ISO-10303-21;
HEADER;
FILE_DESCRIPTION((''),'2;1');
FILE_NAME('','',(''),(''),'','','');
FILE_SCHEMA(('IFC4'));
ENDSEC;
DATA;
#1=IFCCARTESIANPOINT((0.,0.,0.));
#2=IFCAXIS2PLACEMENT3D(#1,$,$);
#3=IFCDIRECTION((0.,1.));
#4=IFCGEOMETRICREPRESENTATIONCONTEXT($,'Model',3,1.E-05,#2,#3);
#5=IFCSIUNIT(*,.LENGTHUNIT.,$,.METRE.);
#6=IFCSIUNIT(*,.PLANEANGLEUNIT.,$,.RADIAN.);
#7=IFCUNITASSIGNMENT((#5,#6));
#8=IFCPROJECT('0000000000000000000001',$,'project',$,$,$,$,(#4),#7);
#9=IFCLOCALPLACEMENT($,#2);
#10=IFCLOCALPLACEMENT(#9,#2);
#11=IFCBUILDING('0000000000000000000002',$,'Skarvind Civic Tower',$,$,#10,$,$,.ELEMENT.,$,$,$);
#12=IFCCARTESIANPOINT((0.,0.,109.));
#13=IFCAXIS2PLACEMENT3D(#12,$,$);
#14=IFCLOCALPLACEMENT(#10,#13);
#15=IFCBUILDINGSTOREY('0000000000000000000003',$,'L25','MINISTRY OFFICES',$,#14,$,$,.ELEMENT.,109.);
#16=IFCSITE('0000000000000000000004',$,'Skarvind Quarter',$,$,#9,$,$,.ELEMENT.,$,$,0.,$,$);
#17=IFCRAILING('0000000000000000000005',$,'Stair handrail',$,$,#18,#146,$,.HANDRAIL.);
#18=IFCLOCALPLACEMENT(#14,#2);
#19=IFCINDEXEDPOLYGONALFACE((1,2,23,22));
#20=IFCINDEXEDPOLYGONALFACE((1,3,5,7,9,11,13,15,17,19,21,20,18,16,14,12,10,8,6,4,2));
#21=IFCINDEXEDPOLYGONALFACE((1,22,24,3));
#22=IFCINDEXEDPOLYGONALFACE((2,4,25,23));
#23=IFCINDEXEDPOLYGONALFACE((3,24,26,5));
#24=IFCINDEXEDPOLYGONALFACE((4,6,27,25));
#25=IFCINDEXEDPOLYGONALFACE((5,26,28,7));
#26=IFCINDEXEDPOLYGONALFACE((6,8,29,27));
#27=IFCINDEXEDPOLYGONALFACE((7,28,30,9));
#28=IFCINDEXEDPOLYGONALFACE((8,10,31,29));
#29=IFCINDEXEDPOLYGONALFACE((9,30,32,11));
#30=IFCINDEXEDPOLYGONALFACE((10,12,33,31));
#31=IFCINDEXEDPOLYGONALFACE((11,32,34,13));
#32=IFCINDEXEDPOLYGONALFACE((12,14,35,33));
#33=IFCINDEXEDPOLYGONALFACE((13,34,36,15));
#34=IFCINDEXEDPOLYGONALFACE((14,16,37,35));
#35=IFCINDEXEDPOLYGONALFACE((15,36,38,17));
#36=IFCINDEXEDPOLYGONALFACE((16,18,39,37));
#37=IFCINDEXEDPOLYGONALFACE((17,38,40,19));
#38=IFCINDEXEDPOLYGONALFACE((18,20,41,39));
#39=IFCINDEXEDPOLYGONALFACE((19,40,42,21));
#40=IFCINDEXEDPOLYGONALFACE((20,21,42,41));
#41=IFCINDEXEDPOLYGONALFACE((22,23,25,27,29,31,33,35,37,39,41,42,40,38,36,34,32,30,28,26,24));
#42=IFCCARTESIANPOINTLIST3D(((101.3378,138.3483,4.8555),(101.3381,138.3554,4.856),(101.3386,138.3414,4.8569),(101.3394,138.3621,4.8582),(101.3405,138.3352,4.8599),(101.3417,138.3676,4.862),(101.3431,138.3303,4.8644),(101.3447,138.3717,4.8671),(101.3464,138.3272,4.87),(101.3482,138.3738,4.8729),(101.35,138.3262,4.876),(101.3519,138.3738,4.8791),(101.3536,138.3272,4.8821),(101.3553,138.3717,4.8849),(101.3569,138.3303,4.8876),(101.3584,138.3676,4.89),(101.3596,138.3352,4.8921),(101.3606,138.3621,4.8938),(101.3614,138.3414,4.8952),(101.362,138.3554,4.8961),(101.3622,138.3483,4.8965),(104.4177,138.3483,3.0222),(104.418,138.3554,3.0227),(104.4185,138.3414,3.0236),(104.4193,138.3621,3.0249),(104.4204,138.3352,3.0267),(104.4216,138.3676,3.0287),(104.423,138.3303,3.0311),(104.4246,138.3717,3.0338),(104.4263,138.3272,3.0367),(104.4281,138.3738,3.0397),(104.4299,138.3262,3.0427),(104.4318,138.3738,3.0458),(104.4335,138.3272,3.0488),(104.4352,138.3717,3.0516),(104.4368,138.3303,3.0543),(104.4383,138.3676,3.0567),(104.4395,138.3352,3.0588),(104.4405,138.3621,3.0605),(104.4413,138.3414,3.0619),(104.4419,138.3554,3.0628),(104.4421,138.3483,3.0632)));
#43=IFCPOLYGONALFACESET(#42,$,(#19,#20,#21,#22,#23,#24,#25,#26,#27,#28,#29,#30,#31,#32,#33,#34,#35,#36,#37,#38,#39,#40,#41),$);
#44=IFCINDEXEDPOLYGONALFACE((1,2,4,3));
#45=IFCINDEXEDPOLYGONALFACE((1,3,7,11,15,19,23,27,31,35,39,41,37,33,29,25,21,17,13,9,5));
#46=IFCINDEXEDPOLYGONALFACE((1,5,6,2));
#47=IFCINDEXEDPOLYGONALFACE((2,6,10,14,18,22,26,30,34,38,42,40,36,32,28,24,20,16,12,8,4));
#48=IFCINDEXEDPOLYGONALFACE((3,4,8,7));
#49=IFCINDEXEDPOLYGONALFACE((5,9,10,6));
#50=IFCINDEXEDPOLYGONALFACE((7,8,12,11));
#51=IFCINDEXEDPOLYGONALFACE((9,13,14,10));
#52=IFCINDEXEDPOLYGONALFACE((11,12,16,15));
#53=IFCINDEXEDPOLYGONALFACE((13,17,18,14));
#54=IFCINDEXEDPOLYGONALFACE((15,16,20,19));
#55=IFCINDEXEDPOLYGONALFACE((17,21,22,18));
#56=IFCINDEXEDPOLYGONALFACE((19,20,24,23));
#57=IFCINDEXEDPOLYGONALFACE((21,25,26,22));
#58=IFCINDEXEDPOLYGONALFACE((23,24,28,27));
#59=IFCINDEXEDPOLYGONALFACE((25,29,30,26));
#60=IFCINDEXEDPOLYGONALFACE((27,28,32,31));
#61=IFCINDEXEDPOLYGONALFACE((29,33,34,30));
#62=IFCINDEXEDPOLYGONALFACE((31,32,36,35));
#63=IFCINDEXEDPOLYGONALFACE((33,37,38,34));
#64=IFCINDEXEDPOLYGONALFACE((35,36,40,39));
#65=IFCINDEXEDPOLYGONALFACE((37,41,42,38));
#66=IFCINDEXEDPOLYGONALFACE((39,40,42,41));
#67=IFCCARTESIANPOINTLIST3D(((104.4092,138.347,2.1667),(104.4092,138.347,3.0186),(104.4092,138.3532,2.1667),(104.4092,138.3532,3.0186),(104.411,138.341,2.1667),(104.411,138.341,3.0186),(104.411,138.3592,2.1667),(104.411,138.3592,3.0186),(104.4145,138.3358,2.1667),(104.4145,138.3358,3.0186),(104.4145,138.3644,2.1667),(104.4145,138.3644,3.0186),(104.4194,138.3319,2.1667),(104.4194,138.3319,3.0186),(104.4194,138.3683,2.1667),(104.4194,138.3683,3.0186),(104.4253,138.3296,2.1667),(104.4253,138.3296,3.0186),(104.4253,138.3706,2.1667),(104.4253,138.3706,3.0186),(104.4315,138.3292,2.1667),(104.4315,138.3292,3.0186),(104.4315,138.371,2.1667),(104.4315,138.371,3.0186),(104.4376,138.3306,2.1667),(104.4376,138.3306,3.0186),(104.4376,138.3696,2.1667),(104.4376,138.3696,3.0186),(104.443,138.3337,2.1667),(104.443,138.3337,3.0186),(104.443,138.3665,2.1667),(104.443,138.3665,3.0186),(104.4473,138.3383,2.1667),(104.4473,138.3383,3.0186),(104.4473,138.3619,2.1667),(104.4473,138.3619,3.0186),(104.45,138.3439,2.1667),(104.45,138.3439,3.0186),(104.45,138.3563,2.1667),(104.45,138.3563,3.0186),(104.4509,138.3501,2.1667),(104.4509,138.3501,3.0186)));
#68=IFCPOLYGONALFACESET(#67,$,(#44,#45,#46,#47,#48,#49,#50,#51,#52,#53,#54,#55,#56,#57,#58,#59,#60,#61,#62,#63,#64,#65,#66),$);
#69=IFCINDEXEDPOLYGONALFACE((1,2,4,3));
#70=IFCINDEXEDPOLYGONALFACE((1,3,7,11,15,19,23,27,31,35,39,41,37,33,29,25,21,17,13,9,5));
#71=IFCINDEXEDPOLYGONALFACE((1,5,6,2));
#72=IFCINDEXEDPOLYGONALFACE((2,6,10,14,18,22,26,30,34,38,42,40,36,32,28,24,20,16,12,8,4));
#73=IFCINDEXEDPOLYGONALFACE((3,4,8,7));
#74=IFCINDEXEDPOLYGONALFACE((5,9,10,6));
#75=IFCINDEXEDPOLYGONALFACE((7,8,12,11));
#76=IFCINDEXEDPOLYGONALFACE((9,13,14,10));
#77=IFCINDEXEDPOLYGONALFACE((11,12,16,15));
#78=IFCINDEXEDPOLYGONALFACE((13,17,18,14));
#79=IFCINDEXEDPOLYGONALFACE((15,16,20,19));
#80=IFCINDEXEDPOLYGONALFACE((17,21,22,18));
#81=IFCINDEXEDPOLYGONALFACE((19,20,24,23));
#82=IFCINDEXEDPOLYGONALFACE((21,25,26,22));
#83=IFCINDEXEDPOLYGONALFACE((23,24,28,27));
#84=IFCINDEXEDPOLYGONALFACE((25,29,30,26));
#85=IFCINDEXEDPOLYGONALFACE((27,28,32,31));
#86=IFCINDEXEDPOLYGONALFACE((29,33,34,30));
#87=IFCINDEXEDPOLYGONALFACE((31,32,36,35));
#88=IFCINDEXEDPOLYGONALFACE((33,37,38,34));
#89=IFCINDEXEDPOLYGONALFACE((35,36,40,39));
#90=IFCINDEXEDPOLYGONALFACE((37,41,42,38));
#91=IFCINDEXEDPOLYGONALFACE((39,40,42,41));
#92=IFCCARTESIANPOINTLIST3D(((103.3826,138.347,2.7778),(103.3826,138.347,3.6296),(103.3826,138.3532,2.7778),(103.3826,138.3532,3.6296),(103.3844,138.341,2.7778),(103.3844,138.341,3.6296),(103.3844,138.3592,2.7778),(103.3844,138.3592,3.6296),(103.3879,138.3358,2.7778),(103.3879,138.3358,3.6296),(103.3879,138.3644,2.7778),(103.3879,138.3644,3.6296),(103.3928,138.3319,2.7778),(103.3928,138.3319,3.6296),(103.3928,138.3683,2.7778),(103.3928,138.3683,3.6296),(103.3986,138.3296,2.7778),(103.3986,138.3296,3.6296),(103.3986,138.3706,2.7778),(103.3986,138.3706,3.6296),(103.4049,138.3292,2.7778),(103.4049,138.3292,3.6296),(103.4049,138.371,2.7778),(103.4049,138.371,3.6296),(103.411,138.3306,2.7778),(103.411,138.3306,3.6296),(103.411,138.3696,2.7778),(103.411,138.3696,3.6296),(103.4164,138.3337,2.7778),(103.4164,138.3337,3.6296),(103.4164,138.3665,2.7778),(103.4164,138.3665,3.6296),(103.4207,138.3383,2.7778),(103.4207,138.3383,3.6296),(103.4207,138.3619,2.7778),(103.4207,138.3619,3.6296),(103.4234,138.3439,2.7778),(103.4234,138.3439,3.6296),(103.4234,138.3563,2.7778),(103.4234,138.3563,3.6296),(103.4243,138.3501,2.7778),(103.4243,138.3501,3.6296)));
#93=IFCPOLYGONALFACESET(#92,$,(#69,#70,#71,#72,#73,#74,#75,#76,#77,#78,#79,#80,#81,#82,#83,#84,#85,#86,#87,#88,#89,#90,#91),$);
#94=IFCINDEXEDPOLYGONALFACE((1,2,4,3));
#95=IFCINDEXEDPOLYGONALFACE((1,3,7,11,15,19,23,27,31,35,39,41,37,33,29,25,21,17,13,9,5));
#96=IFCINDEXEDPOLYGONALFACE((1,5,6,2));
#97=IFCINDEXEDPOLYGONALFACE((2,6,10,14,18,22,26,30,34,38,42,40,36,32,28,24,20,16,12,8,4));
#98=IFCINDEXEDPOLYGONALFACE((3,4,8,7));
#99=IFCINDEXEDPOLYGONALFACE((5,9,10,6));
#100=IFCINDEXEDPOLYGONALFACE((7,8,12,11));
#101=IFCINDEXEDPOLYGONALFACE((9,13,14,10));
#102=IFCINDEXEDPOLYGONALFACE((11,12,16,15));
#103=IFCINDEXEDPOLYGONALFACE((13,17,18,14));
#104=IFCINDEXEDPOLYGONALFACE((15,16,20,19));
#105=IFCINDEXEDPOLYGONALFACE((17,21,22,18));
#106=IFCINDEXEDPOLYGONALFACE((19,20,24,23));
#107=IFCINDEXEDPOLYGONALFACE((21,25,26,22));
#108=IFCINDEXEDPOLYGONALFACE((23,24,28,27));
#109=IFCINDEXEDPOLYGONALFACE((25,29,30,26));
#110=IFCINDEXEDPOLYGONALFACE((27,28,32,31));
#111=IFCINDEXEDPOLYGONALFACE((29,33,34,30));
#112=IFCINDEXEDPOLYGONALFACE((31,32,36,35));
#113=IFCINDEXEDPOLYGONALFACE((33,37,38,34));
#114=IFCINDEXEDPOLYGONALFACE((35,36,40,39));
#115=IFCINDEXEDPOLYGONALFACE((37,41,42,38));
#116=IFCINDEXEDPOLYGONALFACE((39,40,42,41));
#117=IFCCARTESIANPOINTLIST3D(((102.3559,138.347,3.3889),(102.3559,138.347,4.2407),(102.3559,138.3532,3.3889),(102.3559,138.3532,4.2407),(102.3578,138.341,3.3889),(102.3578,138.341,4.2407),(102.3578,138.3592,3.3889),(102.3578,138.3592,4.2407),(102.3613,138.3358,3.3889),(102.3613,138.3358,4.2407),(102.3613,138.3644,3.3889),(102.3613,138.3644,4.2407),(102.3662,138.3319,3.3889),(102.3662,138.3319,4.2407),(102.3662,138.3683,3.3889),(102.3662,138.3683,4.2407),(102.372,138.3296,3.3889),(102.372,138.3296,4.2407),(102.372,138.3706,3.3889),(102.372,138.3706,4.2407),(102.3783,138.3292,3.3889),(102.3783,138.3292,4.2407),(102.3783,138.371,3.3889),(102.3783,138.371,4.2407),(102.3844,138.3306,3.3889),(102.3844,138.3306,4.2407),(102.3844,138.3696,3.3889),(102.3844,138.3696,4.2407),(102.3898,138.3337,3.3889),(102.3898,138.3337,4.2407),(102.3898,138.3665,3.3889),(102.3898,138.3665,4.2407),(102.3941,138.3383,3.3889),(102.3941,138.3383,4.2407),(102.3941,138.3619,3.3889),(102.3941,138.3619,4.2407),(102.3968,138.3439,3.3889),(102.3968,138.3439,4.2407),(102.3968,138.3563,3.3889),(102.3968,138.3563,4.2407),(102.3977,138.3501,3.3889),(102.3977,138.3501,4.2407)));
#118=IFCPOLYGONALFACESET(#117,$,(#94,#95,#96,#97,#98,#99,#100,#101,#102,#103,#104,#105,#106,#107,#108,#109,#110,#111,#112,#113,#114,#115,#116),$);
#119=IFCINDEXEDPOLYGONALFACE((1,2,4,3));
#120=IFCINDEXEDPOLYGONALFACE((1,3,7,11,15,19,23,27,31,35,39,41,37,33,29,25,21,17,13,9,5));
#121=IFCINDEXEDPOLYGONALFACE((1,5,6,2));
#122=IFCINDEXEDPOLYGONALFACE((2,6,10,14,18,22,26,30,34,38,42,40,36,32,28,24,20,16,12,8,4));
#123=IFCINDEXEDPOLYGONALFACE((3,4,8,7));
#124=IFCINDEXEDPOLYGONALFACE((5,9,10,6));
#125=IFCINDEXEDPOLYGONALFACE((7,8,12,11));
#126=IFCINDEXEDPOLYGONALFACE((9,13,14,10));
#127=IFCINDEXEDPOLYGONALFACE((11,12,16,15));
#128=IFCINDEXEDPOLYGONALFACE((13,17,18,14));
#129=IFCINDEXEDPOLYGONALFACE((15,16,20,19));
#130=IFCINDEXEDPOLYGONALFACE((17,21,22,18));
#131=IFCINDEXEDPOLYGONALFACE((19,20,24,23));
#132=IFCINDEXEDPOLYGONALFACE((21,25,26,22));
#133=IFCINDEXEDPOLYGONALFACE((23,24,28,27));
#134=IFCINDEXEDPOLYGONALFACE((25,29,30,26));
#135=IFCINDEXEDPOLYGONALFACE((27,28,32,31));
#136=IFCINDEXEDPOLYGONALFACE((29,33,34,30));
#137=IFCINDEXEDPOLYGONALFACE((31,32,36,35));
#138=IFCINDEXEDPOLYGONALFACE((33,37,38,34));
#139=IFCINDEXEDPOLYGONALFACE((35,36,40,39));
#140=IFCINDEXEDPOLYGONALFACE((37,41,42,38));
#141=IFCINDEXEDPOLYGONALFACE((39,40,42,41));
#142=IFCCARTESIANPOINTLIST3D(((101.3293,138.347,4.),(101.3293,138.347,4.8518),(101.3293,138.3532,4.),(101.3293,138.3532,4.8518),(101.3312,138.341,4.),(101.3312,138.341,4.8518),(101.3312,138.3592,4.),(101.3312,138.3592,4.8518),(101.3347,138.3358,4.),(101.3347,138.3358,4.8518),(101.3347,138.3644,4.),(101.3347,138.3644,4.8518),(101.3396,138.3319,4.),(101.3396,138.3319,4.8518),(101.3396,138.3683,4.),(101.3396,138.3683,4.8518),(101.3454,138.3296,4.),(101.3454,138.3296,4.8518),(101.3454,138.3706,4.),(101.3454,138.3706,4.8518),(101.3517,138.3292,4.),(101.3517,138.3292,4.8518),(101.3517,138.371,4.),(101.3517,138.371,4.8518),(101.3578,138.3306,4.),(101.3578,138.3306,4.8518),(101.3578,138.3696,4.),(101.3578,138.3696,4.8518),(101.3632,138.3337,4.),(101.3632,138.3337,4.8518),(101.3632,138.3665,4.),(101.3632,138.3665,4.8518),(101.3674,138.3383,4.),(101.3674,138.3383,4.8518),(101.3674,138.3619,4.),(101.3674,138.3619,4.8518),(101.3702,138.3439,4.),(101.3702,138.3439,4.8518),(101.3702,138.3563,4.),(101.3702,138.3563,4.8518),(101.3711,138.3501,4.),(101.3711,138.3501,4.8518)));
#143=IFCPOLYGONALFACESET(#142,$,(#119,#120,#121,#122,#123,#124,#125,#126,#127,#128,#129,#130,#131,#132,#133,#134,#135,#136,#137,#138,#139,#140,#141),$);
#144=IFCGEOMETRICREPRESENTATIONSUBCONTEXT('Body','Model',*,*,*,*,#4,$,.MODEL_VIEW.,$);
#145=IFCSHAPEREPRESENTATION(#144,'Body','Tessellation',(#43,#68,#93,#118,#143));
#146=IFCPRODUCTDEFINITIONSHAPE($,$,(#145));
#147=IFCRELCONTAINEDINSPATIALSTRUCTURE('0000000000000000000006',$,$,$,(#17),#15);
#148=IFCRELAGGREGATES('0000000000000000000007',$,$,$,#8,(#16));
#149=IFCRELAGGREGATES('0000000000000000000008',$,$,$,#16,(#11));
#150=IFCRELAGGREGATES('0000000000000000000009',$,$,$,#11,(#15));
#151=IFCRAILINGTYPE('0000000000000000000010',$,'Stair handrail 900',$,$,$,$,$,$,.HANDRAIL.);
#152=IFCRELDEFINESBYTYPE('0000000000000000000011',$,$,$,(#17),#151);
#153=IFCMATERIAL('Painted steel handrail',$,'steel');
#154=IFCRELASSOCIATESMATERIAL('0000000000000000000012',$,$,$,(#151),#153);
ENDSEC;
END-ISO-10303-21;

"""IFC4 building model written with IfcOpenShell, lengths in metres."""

from ifc_helpers import new_model, si_unit, direction, frame, origin, origin_2d, place, context, subcontext, project, spatial, circle, extrude, material, type_object, element, save


model = new_model("IFC4")

# Units and contexts
model_context = context("Model", 3, precision=1e-05, world=origin(), true_north=direction((0.0, 1.0)))
body_context = subcontext(model_context, "Body", "Model", "MODEL_VIEW")
ifc_project = project(units=[si_unit("LENGTHUNIT", "METRE"), si_unit("PLANEANGLEUNIT", "RADIAN")], contexts=[model_context])

# Site, building, storey
site_placement = place(None, origin())
site = spatial("IfcSite", under=ifc_project, at=site_placement, Name="Skarvind Quarter", CompositionType="ELEMENT", RefElevation=0.0)
building_placement = place(site_placement, origin())
building = spatial("IfcBuilding", under=site, at=building_placement, Name="Skarvind Civic Tower", CompositionType="ELEMENT")
storey_placement = place(building_placement, frame((0.0, 0.0, 109.0)))
storey = spatial("IfcBuildingStorey", under=building, at=storey_placement, Name="L25", Description="MINISTRY OFFICES", CompositionType="ELEMENT", Elevation=109.0)

# Railing
ifc_material_1 = material(Name="Painted steel handrail", Category="steel")
railing_type = type_object("IfcRailingType", Name="Stair handrail 900", PredefinedType="HANDRAIL", material=ifc_material_1)
railing_1_placement = place(storey_placement, frame((104.4299, 138.3501, 2.1667)))
element("IfcRailing", 1, at=railing_1_placement, inside=storey, type_object=railing_type, Name="Stair handrail", PredefinedType="HANDRAIL", context=body_context, shape_type="SweptSolid", body=[
    extrude(circle(Radius=0.0239, at=origin_2d()), frame((0.0, 0.0, 0.876), z_axis=(-0.859291, 0.0, 0.511487), x_axis=(0.0, -1.0, 0.0)), (0.0, 0.0, 1.0), 3.5842),
    extrude(circle(Radius=0.021, at=origin_2d()), origin(), (0.0, 0.0, 1.0), 0.8518),
    extrude(circle(Radius=0.021, at=origin_2d()), frame((-1.0266, 0.0, 0.6111)), (0.0, 0.0, 1.0), 0.8518),
    extrude(circle(Radius=0.021, at=origin_2d()), frame((-2.0532, 0.0, 1.2222)), (0.0, 0.0, 1.0), 0.8518),
    extrude(circle(Radius=0.021, at=origin_2d()), frame((-3.0798, 0.0, 1.8333)), (0.0, 0.0, 1.0), 0.8518),
])

save(model, "model.ifc")
